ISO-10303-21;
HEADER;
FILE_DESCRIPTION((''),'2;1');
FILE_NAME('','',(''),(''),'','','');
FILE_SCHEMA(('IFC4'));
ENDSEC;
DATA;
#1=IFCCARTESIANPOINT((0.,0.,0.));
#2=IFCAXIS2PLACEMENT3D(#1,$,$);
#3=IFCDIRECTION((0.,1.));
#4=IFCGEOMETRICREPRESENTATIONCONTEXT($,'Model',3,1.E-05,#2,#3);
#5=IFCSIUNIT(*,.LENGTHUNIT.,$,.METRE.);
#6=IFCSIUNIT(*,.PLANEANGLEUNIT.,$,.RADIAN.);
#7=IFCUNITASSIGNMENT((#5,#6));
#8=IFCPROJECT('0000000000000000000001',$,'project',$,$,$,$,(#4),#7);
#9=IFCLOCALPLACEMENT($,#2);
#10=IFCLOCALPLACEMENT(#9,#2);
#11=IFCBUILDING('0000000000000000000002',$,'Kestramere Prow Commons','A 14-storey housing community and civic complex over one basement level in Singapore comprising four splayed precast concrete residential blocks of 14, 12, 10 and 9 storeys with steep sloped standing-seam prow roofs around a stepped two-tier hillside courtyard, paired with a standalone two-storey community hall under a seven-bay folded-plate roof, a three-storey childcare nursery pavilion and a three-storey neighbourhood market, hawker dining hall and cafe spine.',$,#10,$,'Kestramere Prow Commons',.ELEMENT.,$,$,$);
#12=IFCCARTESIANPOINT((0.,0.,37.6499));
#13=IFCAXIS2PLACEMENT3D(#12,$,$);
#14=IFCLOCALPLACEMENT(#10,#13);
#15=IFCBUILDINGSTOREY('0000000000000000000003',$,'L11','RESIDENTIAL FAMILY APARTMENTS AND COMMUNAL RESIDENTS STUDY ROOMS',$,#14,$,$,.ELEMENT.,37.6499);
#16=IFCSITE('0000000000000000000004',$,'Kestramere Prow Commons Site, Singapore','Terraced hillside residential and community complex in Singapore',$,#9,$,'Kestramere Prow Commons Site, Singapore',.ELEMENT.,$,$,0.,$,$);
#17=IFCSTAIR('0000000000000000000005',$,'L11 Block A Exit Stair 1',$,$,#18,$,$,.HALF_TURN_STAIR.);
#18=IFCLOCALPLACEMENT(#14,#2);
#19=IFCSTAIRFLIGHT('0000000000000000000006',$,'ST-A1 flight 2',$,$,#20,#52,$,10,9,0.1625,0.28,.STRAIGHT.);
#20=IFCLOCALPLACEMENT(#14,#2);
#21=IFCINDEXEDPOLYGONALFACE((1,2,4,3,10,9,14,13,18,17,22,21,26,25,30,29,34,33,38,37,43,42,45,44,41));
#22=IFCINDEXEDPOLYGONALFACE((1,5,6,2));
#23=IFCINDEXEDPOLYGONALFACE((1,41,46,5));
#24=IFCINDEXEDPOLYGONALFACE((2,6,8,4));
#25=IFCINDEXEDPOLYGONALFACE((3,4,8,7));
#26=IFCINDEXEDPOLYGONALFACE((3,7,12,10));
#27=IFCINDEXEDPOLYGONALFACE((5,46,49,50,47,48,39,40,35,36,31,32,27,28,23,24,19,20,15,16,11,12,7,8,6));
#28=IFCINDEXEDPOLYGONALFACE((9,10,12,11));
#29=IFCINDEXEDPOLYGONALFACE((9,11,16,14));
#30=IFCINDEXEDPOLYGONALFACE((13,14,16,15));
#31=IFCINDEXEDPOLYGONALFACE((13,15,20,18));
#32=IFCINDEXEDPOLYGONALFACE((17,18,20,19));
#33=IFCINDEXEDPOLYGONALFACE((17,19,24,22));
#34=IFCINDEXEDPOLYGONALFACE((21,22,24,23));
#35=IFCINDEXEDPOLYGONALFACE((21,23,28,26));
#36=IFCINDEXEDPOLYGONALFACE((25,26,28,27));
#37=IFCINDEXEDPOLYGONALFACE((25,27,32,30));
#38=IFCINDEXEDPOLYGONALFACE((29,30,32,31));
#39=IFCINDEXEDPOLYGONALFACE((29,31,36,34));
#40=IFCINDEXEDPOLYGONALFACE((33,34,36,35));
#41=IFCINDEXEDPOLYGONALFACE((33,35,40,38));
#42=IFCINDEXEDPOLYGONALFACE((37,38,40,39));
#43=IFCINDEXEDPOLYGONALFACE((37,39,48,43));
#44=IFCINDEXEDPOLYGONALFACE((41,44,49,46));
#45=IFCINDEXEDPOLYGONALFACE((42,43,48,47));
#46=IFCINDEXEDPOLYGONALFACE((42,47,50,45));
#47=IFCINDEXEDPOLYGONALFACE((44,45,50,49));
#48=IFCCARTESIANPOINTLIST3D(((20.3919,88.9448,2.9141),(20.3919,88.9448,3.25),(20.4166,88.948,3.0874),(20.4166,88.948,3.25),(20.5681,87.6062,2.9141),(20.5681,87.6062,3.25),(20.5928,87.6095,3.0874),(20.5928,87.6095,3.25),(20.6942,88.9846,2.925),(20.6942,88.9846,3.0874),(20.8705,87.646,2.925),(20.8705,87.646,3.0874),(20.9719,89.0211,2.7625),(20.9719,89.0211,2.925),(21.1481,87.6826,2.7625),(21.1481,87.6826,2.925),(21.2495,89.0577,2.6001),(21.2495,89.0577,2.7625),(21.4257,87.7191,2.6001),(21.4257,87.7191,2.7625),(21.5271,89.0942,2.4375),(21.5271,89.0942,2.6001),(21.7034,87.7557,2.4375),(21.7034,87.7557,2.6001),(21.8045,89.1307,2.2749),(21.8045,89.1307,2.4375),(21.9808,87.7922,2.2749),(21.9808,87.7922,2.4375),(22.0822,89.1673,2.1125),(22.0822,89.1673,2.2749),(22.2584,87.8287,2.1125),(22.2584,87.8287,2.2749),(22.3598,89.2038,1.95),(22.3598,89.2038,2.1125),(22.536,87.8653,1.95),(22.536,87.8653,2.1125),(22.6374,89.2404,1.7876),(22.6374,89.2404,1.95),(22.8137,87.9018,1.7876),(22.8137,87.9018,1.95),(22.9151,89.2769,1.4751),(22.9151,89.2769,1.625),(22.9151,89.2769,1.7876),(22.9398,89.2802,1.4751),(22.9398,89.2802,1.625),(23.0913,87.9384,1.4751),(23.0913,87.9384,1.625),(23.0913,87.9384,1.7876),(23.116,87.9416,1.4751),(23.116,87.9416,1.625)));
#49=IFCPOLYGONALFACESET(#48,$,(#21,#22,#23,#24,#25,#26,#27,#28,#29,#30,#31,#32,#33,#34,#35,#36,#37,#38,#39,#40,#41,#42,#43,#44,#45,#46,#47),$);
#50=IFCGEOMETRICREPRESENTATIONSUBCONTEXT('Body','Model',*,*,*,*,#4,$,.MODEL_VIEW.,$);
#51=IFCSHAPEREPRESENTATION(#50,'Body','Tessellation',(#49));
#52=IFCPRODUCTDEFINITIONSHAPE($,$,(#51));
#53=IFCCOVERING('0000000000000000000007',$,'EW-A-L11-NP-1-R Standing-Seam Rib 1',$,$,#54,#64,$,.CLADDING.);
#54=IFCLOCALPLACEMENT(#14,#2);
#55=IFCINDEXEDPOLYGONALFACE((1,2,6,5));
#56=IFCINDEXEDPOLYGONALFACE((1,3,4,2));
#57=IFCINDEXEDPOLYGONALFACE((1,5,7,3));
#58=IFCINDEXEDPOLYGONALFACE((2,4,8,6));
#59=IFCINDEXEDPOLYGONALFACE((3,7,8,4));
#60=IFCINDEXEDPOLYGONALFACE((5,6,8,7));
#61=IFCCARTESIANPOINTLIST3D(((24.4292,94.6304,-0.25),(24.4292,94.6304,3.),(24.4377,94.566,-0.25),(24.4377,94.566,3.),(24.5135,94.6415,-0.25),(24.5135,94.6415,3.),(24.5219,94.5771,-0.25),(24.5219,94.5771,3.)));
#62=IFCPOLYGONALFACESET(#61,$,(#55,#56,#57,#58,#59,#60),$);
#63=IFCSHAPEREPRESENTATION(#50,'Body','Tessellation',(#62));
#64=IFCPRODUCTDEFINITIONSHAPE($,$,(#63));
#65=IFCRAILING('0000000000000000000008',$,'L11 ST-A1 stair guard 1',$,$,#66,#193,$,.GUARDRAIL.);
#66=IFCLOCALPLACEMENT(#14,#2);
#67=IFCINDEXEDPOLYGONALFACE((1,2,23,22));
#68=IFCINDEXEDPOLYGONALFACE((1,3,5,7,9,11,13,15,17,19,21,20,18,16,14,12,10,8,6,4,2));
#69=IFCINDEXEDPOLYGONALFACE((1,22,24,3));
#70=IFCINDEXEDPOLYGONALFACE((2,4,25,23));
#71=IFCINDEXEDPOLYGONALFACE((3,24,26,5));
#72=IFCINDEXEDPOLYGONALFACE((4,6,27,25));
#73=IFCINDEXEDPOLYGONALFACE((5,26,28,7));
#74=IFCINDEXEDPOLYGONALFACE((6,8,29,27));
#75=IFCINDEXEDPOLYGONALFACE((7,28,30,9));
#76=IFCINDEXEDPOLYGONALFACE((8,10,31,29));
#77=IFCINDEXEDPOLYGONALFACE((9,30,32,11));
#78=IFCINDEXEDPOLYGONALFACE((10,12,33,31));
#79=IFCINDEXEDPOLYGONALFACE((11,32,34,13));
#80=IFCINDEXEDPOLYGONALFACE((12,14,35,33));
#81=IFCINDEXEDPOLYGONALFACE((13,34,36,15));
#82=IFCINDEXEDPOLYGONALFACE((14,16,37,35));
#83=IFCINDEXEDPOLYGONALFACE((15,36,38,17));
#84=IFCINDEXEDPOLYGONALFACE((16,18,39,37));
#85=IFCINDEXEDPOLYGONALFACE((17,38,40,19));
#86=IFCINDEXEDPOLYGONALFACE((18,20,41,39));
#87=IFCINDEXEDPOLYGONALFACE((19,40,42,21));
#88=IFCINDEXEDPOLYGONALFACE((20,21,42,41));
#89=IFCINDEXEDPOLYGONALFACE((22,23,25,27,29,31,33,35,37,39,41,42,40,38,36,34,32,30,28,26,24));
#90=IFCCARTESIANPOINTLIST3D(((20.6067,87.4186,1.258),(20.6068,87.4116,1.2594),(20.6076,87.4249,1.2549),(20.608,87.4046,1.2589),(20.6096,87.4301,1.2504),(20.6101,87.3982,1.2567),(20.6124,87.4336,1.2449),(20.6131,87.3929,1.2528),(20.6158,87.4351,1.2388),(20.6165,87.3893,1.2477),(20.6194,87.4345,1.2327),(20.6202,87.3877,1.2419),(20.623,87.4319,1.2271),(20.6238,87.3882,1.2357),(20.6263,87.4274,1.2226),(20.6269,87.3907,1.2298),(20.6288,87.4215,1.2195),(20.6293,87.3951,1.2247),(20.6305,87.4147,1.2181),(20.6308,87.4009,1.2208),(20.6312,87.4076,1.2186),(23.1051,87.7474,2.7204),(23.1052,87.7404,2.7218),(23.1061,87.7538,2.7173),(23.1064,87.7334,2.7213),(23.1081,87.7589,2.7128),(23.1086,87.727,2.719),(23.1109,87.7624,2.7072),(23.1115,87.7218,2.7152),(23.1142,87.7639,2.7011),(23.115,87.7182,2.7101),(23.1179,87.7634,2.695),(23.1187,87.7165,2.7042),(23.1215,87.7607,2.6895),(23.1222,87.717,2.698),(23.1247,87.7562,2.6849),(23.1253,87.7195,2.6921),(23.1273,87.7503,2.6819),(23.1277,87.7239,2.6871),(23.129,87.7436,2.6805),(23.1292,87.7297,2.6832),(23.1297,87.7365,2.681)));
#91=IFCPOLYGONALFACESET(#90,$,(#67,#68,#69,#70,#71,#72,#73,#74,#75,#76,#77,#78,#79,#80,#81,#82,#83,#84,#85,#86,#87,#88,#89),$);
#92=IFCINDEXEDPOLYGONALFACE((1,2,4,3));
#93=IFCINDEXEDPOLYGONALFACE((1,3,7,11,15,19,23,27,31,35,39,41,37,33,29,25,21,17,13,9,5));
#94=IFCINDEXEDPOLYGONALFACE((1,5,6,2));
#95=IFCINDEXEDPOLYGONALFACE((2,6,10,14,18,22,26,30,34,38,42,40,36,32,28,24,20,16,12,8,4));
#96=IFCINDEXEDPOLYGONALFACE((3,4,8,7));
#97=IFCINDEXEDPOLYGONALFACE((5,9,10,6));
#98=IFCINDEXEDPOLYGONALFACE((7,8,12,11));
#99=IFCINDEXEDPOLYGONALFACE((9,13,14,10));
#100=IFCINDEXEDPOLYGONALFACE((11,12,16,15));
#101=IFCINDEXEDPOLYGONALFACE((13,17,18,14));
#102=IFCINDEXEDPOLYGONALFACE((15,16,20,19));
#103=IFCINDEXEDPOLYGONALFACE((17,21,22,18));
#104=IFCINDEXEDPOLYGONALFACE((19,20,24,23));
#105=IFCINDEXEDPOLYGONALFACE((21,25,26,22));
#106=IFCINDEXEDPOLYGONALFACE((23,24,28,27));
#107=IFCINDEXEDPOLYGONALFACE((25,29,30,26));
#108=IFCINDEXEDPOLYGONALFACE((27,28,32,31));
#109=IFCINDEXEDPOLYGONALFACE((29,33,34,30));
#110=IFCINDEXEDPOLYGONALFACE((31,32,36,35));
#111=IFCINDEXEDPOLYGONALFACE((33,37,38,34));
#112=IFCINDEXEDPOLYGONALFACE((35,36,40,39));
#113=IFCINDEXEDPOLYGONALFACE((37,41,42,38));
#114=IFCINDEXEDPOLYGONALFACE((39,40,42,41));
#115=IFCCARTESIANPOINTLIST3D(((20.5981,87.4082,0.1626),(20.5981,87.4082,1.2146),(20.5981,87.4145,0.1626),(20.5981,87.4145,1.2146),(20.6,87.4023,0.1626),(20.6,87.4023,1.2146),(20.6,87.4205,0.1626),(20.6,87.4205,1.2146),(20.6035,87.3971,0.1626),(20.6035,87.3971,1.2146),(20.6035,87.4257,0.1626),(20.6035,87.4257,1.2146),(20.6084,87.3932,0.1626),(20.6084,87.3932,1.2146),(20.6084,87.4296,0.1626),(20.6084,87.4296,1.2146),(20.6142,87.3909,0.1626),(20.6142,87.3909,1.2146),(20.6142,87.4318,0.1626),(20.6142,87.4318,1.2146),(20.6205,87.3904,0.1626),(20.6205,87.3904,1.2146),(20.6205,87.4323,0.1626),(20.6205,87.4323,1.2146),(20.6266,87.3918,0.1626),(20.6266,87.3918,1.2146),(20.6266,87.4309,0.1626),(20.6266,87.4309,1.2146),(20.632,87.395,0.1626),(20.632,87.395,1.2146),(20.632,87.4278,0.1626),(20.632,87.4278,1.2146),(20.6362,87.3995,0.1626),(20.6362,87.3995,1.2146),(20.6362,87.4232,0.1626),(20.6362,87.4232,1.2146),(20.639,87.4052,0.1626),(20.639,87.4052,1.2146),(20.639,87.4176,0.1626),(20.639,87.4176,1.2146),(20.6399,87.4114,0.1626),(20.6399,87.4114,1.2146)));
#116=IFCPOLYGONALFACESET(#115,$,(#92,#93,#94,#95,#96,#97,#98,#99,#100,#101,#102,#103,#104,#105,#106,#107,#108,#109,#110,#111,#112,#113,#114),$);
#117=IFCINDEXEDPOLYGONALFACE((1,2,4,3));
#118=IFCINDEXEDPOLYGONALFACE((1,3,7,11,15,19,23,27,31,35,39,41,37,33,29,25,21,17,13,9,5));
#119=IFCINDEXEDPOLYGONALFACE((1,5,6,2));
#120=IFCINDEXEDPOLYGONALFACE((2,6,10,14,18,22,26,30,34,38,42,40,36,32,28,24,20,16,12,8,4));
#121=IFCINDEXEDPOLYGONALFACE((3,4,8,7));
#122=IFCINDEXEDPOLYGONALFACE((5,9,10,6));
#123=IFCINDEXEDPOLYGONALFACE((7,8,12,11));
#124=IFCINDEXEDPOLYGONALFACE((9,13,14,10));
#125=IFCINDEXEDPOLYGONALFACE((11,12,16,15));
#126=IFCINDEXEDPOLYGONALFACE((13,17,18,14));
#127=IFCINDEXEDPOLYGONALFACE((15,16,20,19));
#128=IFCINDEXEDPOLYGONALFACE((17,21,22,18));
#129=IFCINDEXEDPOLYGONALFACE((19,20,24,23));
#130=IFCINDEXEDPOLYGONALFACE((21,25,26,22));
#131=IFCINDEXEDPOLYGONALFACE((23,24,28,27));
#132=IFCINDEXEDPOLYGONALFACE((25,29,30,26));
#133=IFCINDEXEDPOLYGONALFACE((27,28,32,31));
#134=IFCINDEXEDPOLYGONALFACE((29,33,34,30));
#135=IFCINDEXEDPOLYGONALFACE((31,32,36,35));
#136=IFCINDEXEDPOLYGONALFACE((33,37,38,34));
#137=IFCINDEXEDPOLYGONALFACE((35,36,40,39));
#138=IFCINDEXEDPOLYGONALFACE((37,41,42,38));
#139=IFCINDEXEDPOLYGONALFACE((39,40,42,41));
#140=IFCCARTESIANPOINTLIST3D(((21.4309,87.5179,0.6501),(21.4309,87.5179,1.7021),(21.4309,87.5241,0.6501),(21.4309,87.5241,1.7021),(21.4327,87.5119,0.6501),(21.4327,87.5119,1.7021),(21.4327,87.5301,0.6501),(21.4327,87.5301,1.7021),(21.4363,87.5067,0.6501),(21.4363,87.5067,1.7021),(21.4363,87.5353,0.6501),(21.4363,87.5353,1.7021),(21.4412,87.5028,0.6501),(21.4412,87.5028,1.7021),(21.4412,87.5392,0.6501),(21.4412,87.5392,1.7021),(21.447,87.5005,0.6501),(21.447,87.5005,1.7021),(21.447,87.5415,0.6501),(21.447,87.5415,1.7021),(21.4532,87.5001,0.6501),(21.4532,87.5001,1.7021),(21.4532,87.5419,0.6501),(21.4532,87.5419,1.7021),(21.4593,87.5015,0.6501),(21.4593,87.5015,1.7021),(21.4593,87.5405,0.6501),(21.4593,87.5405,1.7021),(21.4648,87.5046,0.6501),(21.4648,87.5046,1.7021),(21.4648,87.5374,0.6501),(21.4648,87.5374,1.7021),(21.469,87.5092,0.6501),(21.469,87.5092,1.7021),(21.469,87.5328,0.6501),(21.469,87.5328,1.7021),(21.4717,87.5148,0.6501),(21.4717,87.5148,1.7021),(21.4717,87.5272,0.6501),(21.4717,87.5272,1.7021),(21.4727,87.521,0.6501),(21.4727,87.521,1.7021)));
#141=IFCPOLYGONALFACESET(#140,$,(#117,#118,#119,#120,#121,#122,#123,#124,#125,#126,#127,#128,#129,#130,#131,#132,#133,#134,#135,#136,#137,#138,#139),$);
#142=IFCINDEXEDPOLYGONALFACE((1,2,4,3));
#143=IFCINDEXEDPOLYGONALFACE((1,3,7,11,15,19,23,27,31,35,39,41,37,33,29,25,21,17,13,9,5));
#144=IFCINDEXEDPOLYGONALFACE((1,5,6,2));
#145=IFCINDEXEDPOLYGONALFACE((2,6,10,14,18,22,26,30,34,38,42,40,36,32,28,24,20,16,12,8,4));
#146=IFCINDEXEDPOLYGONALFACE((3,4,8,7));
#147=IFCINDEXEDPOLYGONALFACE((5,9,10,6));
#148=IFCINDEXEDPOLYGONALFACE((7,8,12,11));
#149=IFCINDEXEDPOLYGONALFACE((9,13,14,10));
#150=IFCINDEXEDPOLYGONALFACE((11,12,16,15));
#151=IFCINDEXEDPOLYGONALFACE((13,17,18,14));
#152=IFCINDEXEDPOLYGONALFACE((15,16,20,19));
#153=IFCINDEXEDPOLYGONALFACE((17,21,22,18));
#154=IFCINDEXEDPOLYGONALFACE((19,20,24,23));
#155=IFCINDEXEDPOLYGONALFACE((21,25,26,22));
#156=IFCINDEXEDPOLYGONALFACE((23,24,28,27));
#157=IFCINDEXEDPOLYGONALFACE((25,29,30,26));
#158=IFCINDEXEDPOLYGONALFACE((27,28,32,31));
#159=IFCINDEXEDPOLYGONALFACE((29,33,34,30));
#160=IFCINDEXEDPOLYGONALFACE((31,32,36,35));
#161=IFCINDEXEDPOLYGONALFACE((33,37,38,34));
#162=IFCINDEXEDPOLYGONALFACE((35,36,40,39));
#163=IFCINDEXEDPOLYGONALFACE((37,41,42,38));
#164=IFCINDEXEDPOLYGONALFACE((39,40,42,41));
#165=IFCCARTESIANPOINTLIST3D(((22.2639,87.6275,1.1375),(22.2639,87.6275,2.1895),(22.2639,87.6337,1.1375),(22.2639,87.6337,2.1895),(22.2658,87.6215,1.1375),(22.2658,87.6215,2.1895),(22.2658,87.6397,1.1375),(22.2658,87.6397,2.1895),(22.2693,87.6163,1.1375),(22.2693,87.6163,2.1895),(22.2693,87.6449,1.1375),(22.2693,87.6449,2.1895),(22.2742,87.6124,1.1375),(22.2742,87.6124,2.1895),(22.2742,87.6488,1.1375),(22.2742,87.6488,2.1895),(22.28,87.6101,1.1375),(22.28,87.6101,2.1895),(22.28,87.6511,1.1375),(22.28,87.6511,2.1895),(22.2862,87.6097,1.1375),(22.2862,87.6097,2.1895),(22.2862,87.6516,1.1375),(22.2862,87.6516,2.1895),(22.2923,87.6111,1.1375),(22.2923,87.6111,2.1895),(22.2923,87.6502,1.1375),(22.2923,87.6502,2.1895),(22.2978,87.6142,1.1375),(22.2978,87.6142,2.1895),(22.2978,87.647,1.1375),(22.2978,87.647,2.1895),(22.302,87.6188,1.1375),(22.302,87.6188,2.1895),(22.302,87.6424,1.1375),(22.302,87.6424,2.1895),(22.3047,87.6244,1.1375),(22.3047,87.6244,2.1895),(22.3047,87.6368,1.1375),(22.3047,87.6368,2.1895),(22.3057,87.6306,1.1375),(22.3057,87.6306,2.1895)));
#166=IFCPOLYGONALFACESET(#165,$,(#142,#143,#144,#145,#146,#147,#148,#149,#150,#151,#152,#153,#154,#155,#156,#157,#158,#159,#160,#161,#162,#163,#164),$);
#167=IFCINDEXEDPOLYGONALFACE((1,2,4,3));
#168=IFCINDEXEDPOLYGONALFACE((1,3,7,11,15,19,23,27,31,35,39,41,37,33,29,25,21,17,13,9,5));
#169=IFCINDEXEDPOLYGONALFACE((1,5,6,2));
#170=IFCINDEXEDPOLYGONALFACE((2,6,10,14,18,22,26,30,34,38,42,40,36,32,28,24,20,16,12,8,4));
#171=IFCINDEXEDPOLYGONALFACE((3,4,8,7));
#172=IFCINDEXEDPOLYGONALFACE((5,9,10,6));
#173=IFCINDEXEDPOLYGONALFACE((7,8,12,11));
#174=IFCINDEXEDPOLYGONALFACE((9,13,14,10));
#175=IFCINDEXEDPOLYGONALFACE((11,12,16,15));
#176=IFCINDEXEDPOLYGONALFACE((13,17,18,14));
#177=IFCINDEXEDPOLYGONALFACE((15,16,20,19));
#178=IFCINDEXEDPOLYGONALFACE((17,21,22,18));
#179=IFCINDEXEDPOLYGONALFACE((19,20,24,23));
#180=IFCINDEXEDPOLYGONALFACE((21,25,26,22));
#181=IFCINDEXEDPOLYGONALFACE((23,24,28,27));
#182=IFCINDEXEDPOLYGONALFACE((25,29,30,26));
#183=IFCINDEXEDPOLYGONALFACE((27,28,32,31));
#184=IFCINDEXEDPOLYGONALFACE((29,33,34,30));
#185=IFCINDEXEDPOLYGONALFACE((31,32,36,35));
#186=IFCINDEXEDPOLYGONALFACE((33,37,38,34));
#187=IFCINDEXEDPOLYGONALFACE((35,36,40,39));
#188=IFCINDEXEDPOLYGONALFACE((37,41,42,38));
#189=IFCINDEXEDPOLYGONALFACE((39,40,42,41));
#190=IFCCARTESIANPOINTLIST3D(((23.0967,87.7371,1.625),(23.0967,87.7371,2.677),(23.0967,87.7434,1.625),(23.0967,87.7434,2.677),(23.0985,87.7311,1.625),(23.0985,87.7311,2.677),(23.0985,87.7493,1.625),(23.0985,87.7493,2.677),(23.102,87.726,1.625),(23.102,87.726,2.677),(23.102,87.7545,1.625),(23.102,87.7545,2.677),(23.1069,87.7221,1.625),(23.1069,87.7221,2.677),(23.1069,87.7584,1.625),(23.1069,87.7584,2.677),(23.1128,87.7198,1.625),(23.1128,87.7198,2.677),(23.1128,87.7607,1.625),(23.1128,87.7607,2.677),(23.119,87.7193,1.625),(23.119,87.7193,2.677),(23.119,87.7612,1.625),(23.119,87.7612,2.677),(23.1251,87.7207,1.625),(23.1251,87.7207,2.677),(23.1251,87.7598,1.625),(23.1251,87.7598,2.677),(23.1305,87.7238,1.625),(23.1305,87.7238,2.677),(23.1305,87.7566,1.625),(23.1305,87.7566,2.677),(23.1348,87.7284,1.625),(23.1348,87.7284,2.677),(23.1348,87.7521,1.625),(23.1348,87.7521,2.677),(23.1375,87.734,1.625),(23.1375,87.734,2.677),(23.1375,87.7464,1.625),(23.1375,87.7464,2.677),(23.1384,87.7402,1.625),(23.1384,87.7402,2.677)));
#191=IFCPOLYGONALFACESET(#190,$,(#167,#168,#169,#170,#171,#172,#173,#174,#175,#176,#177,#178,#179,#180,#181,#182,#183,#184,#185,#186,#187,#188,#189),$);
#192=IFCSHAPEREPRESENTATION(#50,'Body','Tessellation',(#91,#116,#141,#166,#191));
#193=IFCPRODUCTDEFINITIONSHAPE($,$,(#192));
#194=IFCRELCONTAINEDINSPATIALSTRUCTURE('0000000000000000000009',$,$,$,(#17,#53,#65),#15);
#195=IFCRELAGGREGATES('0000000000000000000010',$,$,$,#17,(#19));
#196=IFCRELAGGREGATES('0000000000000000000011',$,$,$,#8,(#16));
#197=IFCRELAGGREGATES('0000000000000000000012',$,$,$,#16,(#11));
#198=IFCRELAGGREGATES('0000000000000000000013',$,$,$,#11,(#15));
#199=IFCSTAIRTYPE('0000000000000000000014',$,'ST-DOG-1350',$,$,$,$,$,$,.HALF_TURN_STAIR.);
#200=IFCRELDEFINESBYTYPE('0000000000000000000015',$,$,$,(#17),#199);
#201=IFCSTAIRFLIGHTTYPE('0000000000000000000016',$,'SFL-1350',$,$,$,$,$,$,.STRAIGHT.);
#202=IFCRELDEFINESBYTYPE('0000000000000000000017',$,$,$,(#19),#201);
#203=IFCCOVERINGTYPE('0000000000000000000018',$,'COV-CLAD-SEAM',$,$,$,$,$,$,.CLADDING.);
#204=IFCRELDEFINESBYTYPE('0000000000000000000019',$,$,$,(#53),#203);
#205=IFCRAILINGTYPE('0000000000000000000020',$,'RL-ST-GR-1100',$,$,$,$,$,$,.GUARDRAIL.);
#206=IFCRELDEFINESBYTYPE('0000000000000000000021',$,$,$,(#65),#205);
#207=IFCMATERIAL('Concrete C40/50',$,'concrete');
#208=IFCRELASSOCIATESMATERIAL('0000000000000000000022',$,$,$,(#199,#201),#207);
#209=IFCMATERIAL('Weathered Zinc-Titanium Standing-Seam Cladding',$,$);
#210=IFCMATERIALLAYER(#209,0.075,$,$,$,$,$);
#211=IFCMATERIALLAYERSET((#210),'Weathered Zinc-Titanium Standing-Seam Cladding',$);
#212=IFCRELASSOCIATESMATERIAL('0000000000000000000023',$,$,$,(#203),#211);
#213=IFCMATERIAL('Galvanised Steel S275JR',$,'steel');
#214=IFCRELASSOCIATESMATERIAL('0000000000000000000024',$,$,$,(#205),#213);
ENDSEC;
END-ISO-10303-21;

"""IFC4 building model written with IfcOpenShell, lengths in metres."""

from ifc_helpers import new_model, si_unit, direction, frame, origin, origin_2d, place, context, subcontext, project, spatial, polyline, rectangle, circle, outline, extrude, material, layer, layer_set, type_object, element, aggregate, save


model = new_model("IFC4")

# Units and contexts
model_context = context("Model", 3, precision=1e-05, world=origin(), true_north=direction((0.0, 1.0)))
body_context = subcontext(model_context, "Body", "Model", "MODEL_VIEW")
ifc_project = project(units=[si_unit("LENGTHUNIT", "METRE"), si_unit("PLANEANGLEUNIT", "RADIAN")], contexts=[model_context])

# Site, building, storey
site_placement = place(None, origin())
site = spatial("IfcSite", under=ifc_project, at=site_placement, Name="Kestramere Prow Commons Site, Singapore", Description="Terraced hillside residential and community complex in Singapore", LongName="Kestramere Prow Commons Site, Singapore", CompositionType="ELEMENT", RefElevation=0.0)
building_placement = place(site_placement, origin())
building = spatial("IfcBuilding", under=site, at=building_placement, Name="Kestramere Prow Commons", Description="A 14-storey housing community and civic complex over one basement level in Singapore comprising four splayed precast concrete residential blocks of 14, 12, 10 and 9 storeys with steep sloped standing-seam prow roofs around a stepped two-tier hillside courtyard, paired with a standalone two-storey community hall under a seven-bay folded-plate roof, a three-storey childcare nursery pavilion and a three-storey neighbourhood market, hawker dining hall and cafe spine.", LongName="Kestramere Prow Commons", CompositionType="ELEMENT")
storey_placement = place(building_placement, frame((0.0, 0.0, 37.6499)))
storey = spatial("IfcBuildingStorey", under=building, at=storey_placement, Name="L11", Description="RESIDENTIAL FAMILY APARTMENTS AND COMMUNAL RESIDENTS STUDY ROOMS", CompositionType="ELEMENT", Elevation=37.6499)

# Shared definitions
ifc_material_1 = material(Name="Concrete C40/50", Category="concrete")

# Stair, stair flight
stair_type = type_object("IfcStairType", Name="ST-DOG-1350", PredefinedType="HALF_TURN_STAIR", material=ifc_material_1)
stair_placement = place(storey_placement, origin())
stair = element("IfcStair", 1, at=stair_placement, inside=storey, type_object=stair_type, Name="L11 Block A Exit Stair 1", PredefinedType="HALF_TURN_STAIR")
stair_flight_type = type_object("IfcStairFlightType", Name="SFL-1350", PredefinedType="STRAIGHT", material=ifc_material_1)
stair_flight_1_placement = place(storey_placement, frame((23.0032, 88.6077, 1.625), z_axis=(0.0, 0.0, 1.0), x_axis=(-0.991445, -0.130526, 0.0)))
stair_flight_1 = element("IfcStairFlight", 2, at=stair_flight_1_placement, type_object=stair_flight_type, Name="ST-A1 flight 2", NumberOfRisers=10, NumberOfTreads=9, PredefinedType="STRAIGHT", RiserHeight=0.1625, TreadLength=0.28, context=body_context, shape_type="SweptSolid", body=[
    extrude(outline(polyline([(-0.0249, 0.0), (0.0, 0.0), (0.0, 0.1626), (0.28, 0.1626), (0.28, 0.325), (0.5601, 0.325), (0.5601, 0.4875), (0.8401, 0.4875), (0.8401, 0.6499), (1.1201, 0.6499), (1.1201, 0.8125), (1.3999, 0.8125), (1.3999, 0.9751), (1.6799, 0.9751), (1.6799, 1.1375), (1.96, 1.1375), (1.96, 1.3), (2.24, 1.3), (2.24, 1.4624), (2.52, 1.4624), (2.52, 1.625), (2.5449, 1.625), (2.5449, 1.2891), (0.0, -0.1499), (-0.0249, -0.1499), (-0.0249, 0.0)])), frame((0.0, 0.675, 0.0), z_axis=(0.0, -1.0, 0.0), x_axis=(1.0, 0.0, 0.0)), (0.0, 0.0, 1.0), 1.3501),
])
aggregate(stair, [stair_flight_1])

# Covering
ifc_material_2 = material(Name="Weathered Zinc-Titanium Standing-Seam Cladding")
ifc_layer_1 = layer(ifc_material_2, 0.075)
ifc_layer_set_1 = layer_set([ifc_layer_1], Name="Weathered Zinc-Titanium Standing-Seam Cladding")
covering_type = type_object("IfcCoveringType", Name="COV-CLAD-SEAM", PredefinedType="CLADDING", material=ifc_layer_set_1)
covering_placement = place(storey_placement, frame((24.4756, 94.6038, -0.25), z_axis=(0.0, 0.0, 1.0), x_axis=(0.991445, 0.130526, 0.0)))
element("IfcCovering", 3, at=covering_placement, inside=storey, type_object=covering_type, Name="EW-A-L11-NP-1-R Standing-Seam Rib 1", PredefinedType="CLADDING", context=body_context, shape_type="SweptSolid", body=[
    extrude(rectangle(XDim=0.085, YDim=0.0649, at=origin_2d()), origin(), (0.0, 0.0, 1.0), 3.25),
])

# Railing
ifc_material_3 = material(Name="Galvanised Steel S275JR", Category="steel")
railing_type_1 = type_object("IfcRailingType", Name="RL-ST-GR-1100", PredefinedType="GUARDRAIL", material=ifc_material_3)
railing_1_placement = place(storey_placement, frame((20.6189, 87.4114, 0.1626)))
element("IfcRailing", 4, at=railing_1_placement, inside=storey, type_object=railing_type_1, Name="L11 ST-A1 stair guard 1", PredefinedType="GUARDRAIL", context=body_context, shape_type="SweptSolid", body=[
    extrude(circle(Radius=0.0239, at=origin_2d()), frame((0.0, 0.0, 1.0762), z_axis=(0.857523, 0.112867, 0.501912), x_axis=(-0.130495, 0.991449, 0.0)), (0.0, 0.0, 1.0), 2.9136),
    extrude(circle(Radius=0.021, at=origin_2d()), origin(), (0.0, 0.0, 1.0), 1.052),
    extrude(circle(Radius=0.021, at=origin_2d()), frame((0.8328, 0.1096, 0.4875)), (0.0, 0.0, 1.0), 1.052),
    extrude(circle(Radius=0.021, at=origin_2d()), frame((1.6658, 0.2192, 0.9749)), (0.0, 0.0, 1.0), 1.052),
    extrude(circle(Radius=0.021, at=origin_2d()), frame((2.4985, 0.3289, 1.4624)), (0.0, 0.0, 1.0), 1.052),
])

save(model, "model.ifc")
